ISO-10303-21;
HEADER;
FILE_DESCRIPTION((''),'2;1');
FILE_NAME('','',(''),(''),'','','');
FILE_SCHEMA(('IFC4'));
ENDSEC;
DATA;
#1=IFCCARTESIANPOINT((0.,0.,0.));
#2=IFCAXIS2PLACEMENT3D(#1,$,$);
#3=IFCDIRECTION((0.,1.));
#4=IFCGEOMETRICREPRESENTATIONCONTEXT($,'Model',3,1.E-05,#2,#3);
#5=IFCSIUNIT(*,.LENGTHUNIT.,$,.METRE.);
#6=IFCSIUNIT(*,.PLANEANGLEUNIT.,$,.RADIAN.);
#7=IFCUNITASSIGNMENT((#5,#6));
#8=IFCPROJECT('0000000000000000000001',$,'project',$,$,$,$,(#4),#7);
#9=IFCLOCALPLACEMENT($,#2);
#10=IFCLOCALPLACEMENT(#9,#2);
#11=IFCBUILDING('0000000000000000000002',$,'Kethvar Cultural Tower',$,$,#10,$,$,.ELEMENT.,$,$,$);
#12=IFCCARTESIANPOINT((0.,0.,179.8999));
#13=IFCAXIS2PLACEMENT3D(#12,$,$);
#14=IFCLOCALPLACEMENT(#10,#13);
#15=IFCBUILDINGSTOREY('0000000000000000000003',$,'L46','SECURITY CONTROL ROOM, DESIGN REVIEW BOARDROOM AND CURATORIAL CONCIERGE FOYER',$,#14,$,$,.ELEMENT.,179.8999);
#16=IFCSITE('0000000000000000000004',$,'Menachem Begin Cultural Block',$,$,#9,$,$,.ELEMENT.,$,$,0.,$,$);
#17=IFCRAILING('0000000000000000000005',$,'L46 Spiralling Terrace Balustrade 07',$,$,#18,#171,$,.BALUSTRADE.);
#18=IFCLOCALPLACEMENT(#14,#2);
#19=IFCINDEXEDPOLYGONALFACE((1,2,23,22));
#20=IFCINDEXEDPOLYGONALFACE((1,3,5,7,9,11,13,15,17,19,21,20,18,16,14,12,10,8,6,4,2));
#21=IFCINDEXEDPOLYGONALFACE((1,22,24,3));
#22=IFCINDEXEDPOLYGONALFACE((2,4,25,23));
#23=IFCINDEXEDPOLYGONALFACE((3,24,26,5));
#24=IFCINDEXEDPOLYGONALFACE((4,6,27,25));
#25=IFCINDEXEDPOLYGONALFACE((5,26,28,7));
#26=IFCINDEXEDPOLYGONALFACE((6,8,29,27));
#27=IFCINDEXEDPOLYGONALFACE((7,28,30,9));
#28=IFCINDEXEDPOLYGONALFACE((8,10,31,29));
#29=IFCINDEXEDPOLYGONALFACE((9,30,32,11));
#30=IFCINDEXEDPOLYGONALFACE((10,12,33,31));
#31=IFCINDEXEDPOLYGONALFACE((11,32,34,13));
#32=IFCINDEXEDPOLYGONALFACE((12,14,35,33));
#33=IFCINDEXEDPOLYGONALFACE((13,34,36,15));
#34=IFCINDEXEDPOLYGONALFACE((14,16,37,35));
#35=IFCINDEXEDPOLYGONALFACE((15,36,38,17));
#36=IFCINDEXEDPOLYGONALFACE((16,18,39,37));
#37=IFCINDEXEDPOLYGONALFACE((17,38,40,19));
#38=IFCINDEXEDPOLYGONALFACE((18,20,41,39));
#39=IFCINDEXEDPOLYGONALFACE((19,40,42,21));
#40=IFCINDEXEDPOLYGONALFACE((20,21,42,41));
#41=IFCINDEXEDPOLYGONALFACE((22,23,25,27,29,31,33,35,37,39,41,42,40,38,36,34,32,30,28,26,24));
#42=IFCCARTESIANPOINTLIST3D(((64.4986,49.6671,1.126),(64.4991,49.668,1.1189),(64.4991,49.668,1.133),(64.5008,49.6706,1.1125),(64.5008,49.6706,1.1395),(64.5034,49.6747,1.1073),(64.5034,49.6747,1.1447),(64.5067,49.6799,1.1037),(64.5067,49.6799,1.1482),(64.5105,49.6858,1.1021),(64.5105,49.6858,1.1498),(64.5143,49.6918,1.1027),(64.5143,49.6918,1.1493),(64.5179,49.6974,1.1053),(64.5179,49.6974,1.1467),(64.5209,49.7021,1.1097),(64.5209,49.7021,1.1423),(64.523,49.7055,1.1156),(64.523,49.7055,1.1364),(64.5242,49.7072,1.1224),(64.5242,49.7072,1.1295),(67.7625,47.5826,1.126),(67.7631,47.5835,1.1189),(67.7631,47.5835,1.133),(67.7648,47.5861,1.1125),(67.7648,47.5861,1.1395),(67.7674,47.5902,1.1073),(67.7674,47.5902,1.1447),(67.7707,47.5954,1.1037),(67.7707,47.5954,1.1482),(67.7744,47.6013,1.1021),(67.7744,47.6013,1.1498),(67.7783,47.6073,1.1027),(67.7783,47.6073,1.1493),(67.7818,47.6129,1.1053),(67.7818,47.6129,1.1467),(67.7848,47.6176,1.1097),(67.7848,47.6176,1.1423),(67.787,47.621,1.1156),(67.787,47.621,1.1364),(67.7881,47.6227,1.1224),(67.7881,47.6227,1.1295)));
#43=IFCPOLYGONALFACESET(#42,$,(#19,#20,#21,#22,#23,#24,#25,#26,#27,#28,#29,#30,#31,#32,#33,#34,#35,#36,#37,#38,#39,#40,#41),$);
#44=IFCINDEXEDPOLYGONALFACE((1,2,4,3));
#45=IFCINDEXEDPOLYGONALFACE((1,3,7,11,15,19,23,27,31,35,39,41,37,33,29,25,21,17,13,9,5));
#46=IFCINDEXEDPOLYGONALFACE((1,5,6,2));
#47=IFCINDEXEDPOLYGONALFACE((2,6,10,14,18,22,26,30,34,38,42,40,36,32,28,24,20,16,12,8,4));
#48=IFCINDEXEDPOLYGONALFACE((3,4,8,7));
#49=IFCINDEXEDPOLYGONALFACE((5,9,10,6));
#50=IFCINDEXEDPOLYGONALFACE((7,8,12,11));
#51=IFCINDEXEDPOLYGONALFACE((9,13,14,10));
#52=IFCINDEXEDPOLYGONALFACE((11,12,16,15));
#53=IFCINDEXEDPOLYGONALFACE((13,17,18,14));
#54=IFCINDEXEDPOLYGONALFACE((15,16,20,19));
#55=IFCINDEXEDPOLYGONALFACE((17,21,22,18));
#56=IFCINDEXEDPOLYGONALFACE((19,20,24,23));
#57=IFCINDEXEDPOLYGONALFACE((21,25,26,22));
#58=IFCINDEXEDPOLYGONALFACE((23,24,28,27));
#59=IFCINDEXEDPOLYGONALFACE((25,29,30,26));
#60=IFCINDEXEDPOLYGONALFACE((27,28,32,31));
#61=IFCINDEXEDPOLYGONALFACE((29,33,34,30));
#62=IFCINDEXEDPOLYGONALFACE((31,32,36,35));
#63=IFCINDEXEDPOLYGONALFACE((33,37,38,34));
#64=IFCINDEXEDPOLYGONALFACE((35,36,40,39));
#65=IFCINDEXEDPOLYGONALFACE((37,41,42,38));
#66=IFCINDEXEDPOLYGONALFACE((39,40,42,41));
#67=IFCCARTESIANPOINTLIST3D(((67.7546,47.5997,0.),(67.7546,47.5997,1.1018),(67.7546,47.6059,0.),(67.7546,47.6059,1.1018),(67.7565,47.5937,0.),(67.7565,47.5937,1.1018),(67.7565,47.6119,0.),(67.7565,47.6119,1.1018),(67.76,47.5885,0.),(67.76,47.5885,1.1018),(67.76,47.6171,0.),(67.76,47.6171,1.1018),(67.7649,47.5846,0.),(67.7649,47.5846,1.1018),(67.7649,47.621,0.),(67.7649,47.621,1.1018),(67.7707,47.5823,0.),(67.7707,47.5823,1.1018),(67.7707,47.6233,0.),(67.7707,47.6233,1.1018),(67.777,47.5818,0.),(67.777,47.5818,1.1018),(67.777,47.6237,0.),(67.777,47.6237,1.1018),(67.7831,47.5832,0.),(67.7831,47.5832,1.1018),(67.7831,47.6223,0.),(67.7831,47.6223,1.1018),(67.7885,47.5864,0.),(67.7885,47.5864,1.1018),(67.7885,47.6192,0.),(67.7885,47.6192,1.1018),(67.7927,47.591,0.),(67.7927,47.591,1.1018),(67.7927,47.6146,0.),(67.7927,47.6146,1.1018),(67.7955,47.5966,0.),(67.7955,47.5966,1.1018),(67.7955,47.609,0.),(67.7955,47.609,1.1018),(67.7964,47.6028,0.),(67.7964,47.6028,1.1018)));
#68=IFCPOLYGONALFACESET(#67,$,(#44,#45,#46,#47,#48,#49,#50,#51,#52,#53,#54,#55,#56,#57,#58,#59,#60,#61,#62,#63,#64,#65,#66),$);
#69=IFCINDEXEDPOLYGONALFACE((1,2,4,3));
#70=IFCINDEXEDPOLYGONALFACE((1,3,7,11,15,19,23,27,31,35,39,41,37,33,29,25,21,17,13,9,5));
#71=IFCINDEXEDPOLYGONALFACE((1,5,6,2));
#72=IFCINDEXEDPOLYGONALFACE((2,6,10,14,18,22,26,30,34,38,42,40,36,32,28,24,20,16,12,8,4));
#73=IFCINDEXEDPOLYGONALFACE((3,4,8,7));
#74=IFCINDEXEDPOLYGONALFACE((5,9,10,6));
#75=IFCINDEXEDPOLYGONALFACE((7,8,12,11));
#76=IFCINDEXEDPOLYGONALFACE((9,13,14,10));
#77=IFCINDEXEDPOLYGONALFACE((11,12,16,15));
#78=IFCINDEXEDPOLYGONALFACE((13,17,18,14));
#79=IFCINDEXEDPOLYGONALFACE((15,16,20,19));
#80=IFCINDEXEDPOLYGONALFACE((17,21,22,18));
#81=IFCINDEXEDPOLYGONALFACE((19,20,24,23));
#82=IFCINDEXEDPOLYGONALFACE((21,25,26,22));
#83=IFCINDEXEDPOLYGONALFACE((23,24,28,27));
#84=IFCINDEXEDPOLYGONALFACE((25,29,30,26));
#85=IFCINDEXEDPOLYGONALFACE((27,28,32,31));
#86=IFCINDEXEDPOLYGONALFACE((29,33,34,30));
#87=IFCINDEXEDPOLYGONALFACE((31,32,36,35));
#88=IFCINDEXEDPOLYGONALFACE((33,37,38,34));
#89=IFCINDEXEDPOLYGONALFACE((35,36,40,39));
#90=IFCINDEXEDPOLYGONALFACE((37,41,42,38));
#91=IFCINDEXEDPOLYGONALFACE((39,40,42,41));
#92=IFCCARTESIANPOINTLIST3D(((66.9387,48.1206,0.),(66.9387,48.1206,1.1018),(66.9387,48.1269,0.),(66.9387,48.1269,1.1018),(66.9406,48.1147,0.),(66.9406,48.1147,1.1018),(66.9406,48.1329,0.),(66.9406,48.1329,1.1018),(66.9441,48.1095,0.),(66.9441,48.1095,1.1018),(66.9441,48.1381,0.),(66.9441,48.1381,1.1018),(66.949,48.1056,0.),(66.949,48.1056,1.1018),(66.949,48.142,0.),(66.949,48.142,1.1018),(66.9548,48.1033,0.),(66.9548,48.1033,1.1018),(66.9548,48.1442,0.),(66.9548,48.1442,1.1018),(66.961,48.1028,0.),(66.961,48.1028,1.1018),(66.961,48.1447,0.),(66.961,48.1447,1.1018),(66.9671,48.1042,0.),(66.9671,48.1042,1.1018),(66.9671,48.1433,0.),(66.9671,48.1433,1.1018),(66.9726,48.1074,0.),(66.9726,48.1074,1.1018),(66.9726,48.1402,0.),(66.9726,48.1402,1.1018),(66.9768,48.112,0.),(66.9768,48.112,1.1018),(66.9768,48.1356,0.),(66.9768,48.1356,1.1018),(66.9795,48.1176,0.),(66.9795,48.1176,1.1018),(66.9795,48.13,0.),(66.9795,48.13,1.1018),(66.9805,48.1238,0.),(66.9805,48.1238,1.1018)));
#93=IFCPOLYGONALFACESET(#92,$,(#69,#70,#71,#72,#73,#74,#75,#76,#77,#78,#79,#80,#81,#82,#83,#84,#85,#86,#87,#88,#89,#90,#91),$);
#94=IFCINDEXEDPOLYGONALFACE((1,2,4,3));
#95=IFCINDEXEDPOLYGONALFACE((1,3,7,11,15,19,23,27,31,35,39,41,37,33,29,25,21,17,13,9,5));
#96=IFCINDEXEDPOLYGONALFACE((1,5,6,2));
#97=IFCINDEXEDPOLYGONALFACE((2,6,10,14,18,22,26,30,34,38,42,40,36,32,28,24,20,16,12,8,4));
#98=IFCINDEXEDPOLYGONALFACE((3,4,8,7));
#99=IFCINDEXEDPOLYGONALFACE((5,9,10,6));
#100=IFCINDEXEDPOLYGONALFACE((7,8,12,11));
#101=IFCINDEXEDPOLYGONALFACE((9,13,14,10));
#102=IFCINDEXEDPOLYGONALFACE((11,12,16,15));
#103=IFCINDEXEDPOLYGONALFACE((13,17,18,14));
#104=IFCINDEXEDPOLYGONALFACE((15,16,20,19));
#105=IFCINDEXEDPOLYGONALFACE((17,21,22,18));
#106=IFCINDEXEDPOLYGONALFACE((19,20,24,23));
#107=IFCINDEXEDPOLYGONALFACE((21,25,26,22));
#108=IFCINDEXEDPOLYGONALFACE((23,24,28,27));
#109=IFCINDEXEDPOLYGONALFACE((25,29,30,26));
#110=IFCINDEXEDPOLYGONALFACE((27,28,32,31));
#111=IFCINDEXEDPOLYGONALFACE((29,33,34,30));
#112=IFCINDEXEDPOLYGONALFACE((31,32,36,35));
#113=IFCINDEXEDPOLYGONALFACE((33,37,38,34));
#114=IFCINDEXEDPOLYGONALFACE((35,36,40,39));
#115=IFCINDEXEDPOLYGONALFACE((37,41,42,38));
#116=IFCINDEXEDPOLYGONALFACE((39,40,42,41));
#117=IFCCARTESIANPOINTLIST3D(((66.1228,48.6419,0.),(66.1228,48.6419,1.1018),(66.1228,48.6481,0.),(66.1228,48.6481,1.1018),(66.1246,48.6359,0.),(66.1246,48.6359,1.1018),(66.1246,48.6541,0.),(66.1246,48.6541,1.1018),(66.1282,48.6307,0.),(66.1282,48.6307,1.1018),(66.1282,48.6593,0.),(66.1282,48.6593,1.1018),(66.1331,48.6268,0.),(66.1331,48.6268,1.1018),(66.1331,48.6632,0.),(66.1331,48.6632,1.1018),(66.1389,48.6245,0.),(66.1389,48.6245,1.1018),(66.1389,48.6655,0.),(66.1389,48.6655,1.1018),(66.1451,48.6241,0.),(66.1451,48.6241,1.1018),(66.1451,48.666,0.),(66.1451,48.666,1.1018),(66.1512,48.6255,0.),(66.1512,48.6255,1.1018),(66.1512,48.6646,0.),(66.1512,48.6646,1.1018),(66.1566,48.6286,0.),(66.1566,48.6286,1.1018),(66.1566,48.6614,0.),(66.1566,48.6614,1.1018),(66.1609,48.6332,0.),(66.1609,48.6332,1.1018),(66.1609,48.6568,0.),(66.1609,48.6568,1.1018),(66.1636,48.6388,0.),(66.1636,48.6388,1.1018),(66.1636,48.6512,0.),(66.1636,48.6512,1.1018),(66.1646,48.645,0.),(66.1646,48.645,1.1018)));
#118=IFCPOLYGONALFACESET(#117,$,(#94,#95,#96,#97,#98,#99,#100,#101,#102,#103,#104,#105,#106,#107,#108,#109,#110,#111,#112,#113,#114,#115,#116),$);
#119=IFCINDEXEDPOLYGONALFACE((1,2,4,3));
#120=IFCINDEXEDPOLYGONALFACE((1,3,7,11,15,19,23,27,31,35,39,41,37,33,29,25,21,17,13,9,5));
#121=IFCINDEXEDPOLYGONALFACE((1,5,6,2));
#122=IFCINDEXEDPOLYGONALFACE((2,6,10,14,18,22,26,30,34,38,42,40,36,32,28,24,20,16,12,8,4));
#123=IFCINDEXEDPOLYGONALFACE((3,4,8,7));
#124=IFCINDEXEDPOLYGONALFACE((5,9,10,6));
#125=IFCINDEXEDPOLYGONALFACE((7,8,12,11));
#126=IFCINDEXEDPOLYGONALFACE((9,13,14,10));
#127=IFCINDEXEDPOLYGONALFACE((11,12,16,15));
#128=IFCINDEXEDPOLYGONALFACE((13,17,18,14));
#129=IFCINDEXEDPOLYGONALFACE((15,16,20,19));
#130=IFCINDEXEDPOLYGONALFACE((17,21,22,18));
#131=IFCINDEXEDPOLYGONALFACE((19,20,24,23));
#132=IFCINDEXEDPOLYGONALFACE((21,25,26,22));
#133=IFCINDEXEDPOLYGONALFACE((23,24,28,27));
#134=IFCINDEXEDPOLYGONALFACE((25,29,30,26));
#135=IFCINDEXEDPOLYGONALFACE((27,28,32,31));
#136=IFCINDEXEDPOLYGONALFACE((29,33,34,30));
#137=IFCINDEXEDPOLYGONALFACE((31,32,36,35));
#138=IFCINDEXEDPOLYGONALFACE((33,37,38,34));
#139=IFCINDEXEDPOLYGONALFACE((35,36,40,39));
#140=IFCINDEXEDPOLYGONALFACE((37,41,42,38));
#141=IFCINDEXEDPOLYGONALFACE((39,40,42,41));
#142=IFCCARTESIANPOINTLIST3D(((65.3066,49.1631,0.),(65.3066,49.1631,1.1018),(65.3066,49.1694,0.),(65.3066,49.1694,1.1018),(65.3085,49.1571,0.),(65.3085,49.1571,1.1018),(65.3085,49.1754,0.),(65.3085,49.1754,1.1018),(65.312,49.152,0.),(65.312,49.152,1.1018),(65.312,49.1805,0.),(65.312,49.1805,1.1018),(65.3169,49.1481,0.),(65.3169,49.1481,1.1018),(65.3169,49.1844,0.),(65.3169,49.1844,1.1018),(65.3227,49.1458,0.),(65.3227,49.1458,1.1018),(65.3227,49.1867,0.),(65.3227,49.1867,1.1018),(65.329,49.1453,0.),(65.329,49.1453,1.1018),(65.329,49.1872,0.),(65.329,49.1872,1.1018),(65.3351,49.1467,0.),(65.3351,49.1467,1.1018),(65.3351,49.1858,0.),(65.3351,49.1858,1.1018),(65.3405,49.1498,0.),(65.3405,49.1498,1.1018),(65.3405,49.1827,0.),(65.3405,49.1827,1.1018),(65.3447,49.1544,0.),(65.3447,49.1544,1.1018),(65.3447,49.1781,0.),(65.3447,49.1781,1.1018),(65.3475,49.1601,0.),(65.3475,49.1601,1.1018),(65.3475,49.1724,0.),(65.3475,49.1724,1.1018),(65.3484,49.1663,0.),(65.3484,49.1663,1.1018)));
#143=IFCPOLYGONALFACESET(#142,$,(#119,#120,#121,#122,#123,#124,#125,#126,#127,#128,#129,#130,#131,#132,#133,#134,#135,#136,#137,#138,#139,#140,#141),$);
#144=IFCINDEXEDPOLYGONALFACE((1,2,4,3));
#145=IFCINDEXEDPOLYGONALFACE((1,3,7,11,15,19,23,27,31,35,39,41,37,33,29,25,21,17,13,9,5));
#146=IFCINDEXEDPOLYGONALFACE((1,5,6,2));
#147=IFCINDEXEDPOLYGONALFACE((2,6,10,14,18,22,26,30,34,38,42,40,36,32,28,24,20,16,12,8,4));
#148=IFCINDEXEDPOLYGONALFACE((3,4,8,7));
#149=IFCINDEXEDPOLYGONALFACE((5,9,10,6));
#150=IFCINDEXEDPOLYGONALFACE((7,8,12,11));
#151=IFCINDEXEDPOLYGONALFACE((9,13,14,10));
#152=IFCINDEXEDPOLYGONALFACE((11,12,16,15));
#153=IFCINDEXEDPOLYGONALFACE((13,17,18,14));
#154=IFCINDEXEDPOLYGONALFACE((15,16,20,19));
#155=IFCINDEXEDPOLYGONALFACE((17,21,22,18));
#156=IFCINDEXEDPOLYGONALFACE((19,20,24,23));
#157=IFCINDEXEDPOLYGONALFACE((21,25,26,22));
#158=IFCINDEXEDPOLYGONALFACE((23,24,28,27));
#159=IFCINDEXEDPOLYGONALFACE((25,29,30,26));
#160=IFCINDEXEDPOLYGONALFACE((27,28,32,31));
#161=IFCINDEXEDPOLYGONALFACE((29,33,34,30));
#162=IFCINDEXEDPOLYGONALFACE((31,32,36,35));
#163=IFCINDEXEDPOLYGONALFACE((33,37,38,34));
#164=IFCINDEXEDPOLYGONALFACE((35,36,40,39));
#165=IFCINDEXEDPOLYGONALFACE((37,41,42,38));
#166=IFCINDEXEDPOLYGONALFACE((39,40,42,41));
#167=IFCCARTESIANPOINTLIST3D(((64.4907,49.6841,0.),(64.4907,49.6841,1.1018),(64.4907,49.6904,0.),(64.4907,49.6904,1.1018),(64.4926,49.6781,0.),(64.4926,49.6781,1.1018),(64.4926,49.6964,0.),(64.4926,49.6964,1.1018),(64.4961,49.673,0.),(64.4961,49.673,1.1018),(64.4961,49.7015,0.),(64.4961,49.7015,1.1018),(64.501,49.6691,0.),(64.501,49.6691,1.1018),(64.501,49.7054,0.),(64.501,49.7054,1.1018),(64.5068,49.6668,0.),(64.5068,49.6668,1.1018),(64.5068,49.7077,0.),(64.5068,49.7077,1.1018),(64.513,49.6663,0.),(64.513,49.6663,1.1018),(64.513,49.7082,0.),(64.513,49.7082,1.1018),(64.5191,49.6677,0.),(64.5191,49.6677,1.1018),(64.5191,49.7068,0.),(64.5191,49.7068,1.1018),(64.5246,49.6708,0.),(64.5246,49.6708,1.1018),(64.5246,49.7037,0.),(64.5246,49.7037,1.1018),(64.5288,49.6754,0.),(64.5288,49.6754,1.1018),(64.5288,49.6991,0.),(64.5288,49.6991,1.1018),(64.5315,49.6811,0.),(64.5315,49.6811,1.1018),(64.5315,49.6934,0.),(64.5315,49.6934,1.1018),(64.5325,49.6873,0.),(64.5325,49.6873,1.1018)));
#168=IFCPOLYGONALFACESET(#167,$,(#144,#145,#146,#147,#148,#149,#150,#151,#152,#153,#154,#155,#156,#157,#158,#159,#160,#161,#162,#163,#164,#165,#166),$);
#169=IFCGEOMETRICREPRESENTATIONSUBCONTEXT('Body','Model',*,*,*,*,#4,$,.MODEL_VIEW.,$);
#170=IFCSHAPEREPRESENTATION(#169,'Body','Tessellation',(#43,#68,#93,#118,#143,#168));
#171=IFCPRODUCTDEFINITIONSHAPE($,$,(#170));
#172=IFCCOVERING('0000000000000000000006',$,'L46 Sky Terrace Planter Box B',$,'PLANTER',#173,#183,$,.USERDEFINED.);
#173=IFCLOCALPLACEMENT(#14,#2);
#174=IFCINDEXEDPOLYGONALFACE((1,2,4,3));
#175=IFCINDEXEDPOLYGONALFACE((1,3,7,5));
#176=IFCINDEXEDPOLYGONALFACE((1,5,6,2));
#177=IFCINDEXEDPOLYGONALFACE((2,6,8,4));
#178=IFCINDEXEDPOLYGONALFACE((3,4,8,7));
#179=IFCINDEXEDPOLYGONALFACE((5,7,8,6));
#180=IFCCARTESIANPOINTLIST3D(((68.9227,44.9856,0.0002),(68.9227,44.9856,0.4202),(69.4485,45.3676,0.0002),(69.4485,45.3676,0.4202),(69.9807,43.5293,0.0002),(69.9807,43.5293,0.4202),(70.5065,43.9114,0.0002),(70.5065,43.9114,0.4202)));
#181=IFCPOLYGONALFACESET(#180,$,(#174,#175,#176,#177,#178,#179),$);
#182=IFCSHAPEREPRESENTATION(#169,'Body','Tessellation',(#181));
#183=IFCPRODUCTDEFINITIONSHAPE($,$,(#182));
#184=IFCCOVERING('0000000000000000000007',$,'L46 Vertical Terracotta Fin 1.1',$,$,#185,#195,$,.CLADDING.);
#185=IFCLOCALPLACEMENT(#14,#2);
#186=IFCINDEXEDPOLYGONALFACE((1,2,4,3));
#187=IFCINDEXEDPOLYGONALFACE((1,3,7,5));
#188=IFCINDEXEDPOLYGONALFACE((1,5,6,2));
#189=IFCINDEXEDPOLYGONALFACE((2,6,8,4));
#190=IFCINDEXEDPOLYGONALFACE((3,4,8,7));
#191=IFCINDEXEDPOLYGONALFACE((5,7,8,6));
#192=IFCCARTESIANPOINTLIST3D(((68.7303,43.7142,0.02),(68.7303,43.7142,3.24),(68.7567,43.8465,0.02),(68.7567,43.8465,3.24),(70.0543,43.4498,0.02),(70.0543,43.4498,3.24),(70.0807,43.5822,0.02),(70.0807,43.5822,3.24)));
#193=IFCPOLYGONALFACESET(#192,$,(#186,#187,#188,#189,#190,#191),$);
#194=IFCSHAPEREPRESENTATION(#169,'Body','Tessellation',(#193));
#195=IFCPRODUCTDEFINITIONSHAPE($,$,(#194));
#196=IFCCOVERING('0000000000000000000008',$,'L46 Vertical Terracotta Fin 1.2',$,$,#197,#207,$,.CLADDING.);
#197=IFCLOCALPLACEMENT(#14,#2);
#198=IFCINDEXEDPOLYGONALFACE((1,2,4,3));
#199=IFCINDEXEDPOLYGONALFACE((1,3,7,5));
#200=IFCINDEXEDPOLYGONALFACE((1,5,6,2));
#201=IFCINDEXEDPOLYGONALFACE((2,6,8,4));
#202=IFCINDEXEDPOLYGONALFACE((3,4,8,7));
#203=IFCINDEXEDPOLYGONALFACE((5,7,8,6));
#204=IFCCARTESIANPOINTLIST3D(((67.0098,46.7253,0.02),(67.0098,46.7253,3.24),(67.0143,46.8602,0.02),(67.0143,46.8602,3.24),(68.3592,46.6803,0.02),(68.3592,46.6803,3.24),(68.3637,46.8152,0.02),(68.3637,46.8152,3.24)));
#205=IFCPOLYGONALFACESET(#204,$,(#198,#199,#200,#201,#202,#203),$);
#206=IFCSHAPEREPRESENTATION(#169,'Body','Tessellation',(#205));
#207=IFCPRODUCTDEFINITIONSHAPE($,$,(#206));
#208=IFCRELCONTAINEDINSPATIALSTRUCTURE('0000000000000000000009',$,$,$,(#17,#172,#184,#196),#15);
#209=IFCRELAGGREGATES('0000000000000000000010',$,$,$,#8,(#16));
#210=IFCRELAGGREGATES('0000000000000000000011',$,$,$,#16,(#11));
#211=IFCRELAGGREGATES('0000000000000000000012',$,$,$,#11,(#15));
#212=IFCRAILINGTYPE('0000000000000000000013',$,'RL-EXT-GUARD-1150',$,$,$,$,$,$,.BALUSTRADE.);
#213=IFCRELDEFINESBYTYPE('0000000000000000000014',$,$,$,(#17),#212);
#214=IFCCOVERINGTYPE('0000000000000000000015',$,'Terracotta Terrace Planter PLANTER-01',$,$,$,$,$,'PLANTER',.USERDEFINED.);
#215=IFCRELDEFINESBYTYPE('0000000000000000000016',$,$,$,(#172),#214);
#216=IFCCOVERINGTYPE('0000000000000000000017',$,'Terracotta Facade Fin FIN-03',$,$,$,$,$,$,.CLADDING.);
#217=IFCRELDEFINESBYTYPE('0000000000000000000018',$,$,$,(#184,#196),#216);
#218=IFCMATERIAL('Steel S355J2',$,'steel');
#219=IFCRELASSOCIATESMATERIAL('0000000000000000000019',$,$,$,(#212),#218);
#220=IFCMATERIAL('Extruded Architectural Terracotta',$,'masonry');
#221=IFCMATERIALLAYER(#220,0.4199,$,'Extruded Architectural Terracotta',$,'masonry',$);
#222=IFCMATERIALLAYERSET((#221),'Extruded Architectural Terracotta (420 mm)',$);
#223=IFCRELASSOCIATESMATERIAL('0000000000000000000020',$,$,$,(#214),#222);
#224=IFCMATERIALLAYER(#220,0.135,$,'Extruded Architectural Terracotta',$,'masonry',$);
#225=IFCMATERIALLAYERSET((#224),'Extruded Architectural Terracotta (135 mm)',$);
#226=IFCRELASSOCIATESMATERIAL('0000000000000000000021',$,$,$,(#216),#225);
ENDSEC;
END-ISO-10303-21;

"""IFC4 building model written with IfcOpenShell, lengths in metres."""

from ifc_helpers import new_model, si_unit, direction, frame, origin, origin_2d, place, context, subcontext, project, spatial, rectangle, circle, extrude, source, transform, mapped, material, layer, layer_set, type_object, element, save


model = new_model("IFC4")

# Units and contexts
model_context = context("Model", 3, precision=1e-05, world=origin(), true_north=direction((0.0, 1.0)))
body_context = subcontext(model_context, "Body", "Model", "MODEL_VIEW")
ifc_project = project(units=[si_unit("LENGTHUNIT", "METRE"), si_unit("PLANEANGLEUNIT", "RADIAN")], contexts=[model_context])

# Site, building, storey
site_placement = place(None, origin())
site = spatial("IfcSite", under=ifc_project, at=site_placement, Name="Menachem Begin Cultural Block", CompositionType="ELEMENT", RefElevation=0.0)
building_placement = place(site_placement, origin())
building = spatial("IfcBuilding", under=site, at=building_placement, Name="Kethvar Cultural Tower", CompositionType="ELEMENT")
storey_placement = place(building_placement, frame((0.0, 0.0, 179.8999)))
storey = spatial("IfcBuildingStorey", under=building, at=storey_placement, Name="L46", Description="SECURITY CONTROL ROOM, DESIGN REVIEW BOARDROOM AND CURATORIAL CONCIERGE FOYER", CompositionType="ELEMENT", Elevation=179.8999)

# Shared definitions
ifc_material_1 = material(Name="Steel S355J2", Category="steel")

# Railing
railing_type = type_object("IfcRailingType", Name="RL-EXT-GUARD-1150", PredefinedType="BALUSTRADE", material=ifc_material_1)
railing_1_placement = place(storey_placement, frame((67.7754, 47.6028, 0.0)))
element("IfcRailing", 1, at=railing_1_placement, inside=storey, type_object=railing_type, Name="L46 Spiralling Terrace Balustrade 07", PredefinedType="BALUSTRADE", context=body_context, shape_type="SweptSolid", body=[
    extrude(circle(Radius=0.0239, at=origin_2d()), frame((0.0, 0.0, 1.126), z_axis=(-0.842791, 0.538241, 0.0), x_axis=(-0.538241, -0.842791, 0.0)), (0.0, 0.0, 1.0), 3.8728),
    extrude(circle(Radius=0.021, at=origin_2d()), origin(), (0.0, 0.0, 1.0), 1.1018),
    extrude(circle(Radius=0.021, at=origin_2d()), frame((-0.8159, 0.521, 0.0)), (0.0, 0.0, 1.0), 1.1018),
    extrude(circle(Radius=0.021, at=origin_2d()), frame((-1.6318, 1.0422, 0.0)), (0.0, 0.0, 1.0), 1.1018),
    extrude(circle(Radius=0.021, at=origin_2d()), frame((-2.448, 1.5635, 0.0)), (0.0, 0.0, 1.0), 1.1018),
    extrude(circle(Radius=0.021, at=origin_2d()), frame((-3.2639, 2.0845, 0.0)), (0.0, 0.0, 1.0), 1.1018),
])

# Coverings
ifc_material_2 = material(Name="Extruded Architectural Terracotta", Category="masonry")
ifc_layer_1 = layer(ifc_material_2, 0.4199, Name="Extruded Architectural Terracotta", Category="masonry")
ifc_layer_set_1 = layer_set([ifc_layer_1], Name="Extruded Architectural Terracotta (420 mm)")
covering_type_1 = type_object("IfcCoveringType", Name="Terracotta Terrace Planter PLANTER-01", ElementType="PLANTER", PredefinedType="USERDEFINED", material=ifc_layer_set_1)
shared_shape_1 = source(origin(), body_context, "Body", "SweptSolid", [
    extrude(rectangle(XDim=1.8, YDim=0.6499, at=origin_2d()), origin(), (0.0, 0.0, 1.0), 0.4199),
])
covering_placement = place(storey_placement, frame((69.7146, 44.4485, 0.0002), z_axis=(0.0, 0.0, 1.0), x_axis=(-0.587785, 0.809017, 0.0)))
element("IfcCovering", 2, at=covering_placement, inside=storey, type_object=covering_type_1, Name="L46 Sky Terrace Planter Box B", ObjectType="PLANTER", PredefinedType="USERDEFINED", context=body_context, shape_type="MappedRepresentation", body=[
    mapped(shared_shape_1, transform((0.0, 0.0, 0.0), scale=1.0)),
])
ifc_layer_2 = layer(ifc_material_2, 0.135, Name="Extruded Architectural Terracotta", Category="masonry")
ifc_layer_set_2 = layer_set([ifc_layer_2], Name="Extruded Architectural Terracotta (135 mm)")
covering_type_2 = type_object("IfcCoveringType", Name="Terracotta Facade Fin FIN-03", PredefinedType="CLADDING", material=ifc_layer_set_2)
shared_shape_2 = source(origin(), body_context, "Body", "SweptSolid", [
    extrude(rectangle(XDim=1.3501, YDim=0.135, at=origin_2d()), origin(), (0.0, 0.0, 1.0), 3.22),
])
for number, where, z_axis, x_axis, name in (
    (3, (69.4055, 43.6482, 0.02), (0.0, 0.0, 1.0), (0.980649, -0.195775, 0.0), "L46 Vertical Terracotta Fin 1.1"),
    (4, (67.6868, 46.7703, 0.02), (0.0, 0.0, 1.0), (0.999444, -0.03333, 0.0), "L46 Vertical Terracotta Fin 1.2"),
):
    element("IfcCovering", number, at=place(storey_placement, frame(where, z_axis=z_axis, x_axis=x_axis)), inside=storey, type_object=covering_type_2, Name=name, PredefinedType="CLADDING", context=body_context, shape_type="MappedRepresentation", body=[
        mapped(shared_shape_2, transform((0.0, 0.0, 0.0), scale=1.0)),
    ])

save(model, "model.ifc")
